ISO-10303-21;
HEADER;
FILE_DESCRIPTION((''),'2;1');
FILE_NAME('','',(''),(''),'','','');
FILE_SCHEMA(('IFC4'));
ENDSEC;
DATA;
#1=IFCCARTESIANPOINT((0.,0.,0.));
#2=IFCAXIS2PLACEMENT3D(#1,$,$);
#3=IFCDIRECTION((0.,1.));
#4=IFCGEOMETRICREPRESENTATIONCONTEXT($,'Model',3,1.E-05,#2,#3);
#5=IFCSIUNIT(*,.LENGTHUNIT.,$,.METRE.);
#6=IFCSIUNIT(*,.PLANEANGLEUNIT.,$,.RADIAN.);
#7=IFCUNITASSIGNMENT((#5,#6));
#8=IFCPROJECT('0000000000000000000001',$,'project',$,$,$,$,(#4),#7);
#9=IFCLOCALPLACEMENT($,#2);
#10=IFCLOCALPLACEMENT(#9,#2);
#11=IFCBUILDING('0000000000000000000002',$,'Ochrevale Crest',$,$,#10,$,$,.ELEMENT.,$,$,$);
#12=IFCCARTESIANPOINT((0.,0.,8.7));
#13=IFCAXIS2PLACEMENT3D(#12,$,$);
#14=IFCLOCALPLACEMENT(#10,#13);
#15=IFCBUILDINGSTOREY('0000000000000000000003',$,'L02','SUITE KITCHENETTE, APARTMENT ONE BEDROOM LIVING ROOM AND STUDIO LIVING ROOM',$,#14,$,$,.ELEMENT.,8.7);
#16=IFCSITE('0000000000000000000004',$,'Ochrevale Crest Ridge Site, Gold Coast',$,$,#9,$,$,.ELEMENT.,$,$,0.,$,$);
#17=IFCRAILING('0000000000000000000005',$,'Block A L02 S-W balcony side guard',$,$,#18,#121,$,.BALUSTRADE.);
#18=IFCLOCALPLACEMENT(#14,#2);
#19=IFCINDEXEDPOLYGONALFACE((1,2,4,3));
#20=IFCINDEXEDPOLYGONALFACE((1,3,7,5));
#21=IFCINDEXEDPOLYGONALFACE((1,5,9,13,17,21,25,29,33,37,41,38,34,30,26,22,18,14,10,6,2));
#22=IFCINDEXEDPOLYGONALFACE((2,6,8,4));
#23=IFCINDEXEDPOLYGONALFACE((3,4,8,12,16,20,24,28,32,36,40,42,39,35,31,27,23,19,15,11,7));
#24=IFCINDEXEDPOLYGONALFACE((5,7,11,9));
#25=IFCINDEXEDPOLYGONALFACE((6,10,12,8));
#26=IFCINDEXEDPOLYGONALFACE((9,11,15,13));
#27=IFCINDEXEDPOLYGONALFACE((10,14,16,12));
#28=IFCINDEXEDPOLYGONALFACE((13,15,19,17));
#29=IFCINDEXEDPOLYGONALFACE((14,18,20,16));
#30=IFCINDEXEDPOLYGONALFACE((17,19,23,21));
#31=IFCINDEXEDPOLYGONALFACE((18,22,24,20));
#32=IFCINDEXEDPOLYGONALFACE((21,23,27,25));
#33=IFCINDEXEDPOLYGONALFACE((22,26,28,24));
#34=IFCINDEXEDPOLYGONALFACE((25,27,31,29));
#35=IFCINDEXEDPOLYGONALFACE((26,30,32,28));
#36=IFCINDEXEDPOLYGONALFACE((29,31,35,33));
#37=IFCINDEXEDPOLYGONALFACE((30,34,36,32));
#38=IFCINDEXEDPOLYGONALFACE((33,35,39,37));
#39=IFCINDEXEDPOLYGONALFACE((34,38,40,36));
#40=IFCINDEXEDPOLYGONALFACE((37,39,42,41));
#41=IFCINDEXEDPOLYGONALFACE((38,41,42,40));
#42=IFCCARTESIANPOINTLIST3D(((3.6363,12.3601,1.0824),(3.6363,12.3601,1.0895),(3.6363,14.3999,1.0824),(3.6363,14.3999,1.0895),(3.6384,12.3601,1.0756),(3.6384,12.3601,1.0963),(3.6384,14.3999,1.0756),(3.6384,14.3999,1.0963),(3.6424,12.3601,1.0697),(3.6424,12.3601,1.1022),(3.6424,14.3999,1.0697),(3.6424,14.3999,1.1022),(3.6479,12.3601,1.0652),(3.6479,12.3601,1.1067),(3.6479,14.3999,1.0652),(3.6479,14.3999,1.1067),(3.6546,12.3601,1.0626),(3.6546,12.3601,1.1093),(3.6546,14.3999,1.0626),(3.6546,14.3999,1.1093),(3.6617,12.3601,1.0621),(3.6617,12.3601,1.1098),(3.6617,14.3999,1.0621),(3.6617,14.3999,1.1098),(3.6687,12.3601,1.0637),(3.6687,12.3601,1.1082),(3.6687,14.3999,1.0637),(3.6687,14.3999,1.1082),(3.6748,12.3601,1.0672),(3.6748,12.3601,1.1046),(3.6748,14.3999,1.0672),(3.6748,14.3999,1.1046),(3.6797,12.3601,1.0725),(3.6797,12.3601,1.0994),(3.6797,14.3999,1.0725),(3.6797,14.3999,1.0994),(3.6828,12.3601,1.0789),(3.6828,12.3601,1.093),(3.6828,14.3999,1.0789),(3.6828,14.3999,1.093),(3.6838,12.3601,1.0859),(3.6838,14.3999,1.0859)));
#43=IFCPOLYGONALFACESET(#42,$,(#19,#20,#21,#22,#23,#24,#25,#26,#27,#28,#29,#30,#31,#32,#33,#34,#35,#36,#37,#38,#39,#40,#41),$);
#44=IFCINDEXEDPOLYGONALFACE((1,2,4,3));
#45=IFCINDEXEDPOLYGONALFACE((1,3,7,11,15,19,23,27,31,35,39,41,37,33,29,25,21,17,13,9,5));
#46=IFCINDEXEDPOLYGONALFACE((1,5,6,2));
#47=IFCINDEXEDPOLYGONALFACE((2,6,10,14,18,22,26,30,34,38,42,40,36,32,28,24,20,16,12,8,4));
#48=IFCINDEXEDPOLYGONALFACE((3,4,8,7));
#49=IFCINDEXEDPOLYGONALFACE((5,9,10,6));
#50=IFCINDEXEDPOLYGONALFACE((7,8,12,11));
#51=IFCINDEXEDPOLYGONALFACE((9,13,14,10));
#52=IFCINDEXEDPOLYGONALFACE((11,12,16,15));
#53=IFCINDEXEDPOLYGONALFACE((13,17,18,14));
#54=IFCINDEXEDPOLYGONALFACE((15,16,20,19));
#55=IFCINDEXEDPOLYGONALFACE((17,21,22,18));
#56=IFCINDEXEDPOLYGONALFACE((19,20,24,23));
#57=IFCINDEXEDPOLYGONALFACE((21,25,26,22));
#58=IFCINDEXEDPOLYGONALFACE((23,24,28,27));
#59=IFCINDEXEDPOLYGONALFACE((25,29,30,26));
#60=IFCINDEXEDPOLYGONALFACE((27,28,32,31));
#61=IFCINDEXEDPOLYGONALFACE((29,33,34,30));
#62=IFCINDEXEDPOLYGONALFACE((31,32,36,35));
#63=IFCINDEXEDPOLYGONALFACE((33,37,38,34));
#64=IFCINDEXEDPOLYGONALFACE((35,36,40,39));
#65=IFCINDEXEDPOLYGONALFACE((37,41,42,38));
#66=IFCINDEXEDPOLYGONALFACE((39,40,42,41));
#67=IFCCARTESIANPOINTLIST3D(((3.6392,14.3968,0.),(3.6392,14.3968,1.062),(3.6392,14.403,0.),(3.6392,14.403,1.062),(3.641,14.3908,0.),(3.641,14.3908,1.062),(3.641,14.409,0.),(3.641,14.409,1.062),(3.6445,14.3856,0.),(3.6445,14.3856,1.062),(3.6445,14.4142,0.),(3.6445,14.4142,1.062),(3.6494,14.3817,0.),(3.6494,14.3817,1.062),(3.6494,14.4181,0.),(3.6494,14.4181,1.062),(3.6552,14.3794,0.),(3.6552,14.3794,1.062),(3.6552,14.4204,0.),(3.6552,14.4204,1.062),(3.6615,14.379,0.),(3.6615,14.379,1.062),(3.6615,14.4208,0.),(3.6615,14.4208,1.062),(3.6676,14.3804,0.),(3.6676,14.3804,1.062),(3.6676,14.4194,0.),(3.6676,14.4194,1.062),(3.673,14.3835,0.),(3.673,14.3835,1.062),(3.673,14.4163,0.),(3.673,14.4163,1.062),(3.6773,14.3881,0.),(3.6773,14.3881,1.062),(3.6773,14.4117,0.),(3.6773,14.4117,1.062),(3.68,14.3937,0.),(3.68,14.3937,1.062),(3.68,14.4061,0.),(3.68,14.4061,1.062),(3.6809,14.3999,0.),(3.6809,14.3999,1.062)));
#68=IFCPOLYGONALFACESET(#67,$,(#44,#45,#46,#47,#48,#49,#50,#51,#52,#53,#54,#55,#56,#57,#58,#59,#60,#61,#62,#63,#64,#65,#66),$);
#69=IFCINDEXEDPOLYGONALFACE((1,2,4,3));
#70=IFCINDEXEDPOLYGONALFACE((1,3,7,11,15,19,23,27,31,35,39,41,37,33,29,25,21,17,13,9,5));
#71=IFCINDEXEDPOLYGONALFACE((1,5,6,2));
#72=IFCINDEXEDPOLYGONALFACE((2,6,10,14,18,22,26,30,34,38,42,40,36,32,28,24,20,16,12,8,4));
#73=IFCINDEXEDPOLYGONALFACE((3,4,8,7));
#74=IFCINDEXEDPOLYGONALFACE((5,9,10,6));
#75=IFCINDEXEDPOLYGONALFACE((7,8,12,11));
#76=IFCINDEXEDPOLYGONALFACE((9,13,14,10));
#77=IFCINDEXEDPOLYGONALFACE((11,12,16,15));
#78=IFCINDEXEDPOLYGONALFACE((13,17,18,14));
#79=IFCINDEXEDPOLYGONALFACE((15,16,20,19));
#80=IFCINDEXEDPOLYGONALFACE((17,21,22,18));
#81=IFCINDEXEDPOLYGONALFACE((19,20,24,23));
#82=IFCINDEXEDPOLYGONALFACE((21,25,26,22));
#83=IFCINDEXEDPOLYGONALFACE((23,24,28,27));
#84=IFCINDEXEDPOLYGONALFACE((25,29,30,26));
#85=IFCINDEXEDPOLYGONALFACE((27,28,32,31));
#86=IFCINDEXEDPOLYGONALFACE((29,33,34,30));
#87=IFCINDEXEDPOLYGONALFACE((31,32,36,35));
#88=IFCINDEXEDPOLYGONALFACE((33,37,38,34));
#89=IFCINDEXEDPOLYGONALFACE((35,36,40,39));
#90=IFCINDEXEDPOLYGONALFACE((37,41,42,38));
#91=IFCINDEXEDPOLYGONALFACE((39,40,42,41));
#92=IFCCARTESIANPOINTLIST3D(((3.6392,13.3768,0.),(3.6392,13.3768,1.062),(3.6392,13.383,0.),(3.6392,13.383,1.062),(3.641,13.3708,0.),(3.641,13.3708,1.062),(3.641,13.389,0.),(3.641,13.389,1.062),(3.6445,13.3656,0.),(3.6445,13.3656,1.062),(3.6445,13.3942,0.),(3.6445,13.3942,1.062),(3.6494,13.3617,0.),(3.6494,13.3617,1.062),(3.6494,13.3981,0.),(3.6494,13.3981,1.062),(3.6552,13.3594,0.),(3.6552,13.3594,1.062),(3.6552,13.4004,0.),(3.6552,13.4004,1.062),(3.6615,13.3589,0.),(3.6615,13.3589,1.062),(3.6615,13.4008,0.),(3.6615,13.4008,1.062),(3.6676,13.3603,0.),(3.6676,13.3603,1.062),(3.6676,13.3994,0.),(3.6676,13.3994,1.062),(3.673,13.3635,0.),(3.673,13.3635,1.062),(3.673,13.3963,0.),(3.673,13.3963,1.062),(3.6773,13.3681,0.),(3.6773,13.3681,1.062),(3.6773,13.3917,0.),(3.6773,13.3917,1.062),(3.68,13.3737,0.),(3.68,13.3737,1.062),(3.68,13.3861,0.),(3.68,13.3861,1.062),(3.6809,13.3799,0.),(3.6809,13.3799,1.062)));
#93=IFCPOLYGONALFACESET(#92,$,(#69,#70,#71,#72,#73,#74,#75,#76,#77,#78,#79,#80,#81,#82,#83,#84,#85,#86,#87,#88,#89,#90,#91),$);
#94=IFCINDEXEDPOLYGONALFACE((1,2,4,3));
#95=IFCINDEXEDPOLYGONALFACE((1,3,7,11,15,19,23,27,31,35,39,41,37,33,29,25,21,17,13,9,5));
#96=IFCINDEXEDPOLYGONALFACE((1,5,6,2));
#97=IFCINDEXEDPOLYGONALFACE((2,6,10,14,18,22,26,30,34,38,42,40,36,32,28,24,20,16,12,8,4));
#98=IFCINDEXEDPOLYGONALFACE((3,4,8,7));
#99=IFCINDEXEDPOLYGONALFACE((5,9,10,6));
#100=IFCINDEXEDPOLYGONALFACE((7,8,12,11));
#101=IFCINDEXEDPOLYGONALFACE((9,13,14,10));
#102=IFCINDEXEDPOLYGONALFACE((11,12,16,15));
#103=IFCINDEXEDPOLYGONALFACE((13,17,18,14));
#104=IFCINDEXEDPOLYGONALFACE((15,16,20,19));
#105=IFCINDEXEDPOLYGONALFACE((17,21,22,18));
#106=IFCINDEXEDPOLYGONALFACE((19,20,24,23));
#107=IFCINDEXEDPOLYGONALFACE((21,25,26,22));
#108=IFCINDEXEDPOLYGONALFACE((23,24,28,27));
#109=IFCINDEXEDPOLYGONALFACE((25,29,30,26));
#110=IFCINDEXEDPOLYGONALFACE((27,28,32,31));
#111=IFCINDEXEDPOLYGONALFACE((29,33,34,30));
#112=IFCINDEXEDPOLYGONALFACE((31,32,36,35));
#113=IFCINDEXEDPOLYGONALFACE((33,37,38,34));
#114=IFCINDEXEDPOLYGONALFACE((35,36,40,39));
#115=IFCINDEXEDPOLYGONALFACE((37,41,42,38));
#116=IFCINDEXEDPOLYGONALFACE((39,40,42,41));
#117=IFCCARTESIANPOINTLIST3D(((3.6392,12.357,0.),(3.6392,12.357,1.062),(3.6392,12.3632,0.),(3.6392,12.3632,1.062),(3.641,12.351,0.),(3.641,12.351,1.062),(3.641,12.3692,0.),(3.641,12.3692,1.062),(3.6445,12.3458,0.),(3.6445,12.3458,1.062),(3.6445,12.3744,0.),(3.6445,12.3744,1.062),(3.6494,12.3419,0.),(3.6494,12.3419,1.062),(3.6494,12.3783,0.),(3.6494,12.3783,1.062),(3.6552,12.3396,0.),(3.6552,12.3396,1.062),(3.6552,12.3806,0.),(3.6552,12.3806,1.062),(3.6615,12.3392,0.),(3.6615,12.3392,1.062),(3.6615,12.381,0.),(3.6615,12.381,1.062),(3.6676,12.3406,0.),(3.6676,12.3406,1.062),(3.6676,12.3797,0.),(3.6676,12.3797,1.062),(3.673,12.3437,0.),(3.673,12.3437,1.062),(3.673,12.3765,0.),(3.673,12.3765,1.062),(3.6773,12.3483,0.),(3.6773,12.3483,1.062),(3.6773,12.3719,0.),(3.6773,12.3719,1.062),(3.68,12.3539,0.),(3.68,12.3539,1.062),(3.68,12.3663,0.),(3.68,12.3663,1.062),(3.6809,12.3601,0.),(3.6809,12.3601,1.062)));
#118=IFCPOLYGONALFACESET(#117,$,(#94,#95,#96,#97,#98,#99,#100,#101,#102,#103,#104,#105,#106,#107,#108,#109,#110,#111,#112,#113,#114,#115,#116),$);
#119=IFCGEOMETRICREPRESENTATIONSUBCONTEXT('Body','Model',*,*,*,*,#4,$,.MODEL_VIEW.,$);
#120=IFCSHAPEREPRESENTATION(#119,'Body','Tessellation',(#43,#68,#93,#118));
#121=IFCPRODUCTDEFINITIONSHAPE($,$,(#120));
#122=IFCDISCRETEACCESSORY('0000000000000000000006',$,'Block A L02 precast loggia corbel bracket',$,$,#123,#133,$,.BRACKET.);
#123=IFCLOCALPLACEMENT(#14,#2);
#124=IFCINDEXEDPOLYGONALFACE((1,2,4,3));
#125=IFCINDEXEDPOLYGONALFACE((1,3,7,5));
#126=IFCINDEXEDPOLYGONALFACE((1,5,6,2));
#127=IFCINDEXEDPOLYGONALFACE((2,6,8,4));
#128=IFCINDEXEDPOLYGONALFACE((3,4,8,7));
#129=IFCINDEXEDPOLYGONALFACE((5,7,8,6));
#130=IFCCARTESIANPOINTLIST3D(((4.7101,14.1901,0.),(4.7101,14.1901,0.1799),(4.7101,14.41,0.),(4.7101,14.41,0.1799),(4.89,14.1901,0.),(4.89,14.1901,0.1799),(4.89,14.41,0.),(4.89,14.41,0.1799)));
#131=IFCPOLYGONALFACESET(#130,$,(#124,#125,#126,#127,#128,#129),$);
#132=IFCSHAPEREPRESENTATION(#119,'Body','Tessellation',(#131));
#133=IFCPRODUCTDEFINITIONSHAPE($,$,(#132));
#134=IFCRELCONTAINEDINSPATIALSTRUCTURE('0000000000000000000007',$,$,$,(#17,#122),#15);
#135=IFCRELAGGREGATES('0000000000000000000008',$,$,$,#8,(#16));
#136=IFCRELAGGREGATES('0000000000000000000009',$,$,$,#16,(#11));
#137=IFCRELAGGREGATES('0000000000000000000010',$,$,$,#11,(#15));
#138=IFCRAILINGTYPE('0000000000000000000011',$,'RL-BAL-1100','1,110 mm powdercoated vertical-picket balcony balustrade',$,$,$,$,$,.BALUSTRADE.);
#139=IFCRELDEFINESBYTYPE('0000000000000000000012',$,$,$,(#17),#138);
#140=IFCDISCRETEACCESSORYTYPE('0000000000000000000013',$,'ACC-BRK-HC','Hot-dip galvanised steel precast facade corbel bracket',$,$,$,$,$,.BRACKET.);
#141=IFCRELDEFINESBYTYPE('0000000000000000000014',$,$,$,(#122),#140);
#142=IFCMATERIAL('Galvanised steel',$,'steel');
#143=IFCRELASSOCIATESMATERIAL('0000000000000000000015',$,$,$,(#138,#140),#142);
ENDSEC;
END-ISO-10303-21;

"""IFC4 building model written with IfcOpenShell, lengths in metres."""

from ifc_helpers import new_model, si_unit, direction, frame, origin, origin_2d, place, context, subcontext, project, spatial, rectangle, circle, extrude, material, type_object, element, save


model = new_model("IFC4")

# Units and contexts
model_context = context("Model", 3, precision=1e-05, world=origin(), true_north=direction((0.0, 1.0)))
body_context = subcontext(model_context, "Body", "Model", "MODEL_VIEW")
ifc_project = project(units=[si_unit("LENGTHUNIT", "METRE"), si_unit("PLANEANGLEUNIT", "RADIAN")], contexts=[model_context])

# Site, building, storey
site_placement = place(None, origin())
site = spatial("IfcSite", under=ifc_project, at=site_placement, Name="Ochrevale Crest Ridge Site, Gold Coast", CompositionType="ELEMENT", RefElevation=0.0)
building_placement = place(site_placement, origin())
building = spatial("IfcBuilding", under=site, at=building_placement, Name="Ochrevale Crest", CompositionType="ELEMENT")
storey_placement = place(building_placement, frame((0.0, 0.0, 8.7)))
storey = spatial("IfcBuildingStorey", under=building, at=storey_placement, Name="L02", Description="SUITE KITCHENETTE, APARTMENT ONE BEDROOM LIVING ROOM AND STUDIO LIVING ROOM", CompositionType="ELEMENT", Elevation=8.7)

# Railing
ifc_material_1 = material(Name="Galvanised steel", Category="steel")
railing_type = type_object("IfcRailingType", Name="RL-BAL-1100", Description="1,110 mm powdercoated vertical-picket balcony balustrade", PredefinedType="BALUSTRADE", material=ifc_material_1)
railing_placement = place(storey_placement, frame((3.6599, 14.3999, 0.0)))
element("IfcRailing", 1, at=railing_placement, inside=storey, type_object=railing_type, Name="Block A L02 S-W balcony side guard", PredefinedType="BALUSTRADE", context=body_context, shape_type="SweptSolid", body=[
    extrude(circle(Radius=0.0239, at=origin_2d()), frame((0.0, 0.0, 1.0859), z_axis=(0.0, -1.0, 0.0), x_axis=(1.0, 0.0, 0.0)), (0.0, 0.0, 1.0), 2.0398),
    extrude(circle(Radius=0.021, at=origin_2d()), origin(), (0.0, 0.0, 1.0), 1.062),
    extrude(circle(Radius=0.021, at=origin_2d()), frame((0.0, -1.02, 0.0)), (0.0, 0.0, 1.0), 1.062),
    extrude(circle(Radius=0.021, at=origin_2d()), frame((0.0, -2.0398, 0.0)), (0.0, 0.0, 1.0), 1.062),
])

# Discrete accessory
discrete_accessory_type = type_object("IfcDiscreteAccessoryType", Name="ACC-BRK-HC", Description="Hot-dip galvanised steel precast facade corbel bracket", PredefinedType="BRACKET", material=ifc_material_1)
discrete_accessory_placement = place(storey_placement, frame((4.8, 14.3, 0.0), z_axis=(0.0, 0.0, 1.0), x_axis=(1.0, 0.0, 0.0)))
element("IfcDiscreteAccessory", 2, at=discrete_accessory_placement, inside=storey, type_object=discrete_accessory_type, Name="Block A L02 precast loggia corbel bracket", PredefinedType="BRACKET", context=body_context, shape_type="SweptSolid", body=[
    extrude(rectangle(XDim=0.1799, YDim=0.22, at=origin_2d()), origin(), (0.0, 0.0, 1.0), 0.1799),
])

save(model, "model.ifc")
